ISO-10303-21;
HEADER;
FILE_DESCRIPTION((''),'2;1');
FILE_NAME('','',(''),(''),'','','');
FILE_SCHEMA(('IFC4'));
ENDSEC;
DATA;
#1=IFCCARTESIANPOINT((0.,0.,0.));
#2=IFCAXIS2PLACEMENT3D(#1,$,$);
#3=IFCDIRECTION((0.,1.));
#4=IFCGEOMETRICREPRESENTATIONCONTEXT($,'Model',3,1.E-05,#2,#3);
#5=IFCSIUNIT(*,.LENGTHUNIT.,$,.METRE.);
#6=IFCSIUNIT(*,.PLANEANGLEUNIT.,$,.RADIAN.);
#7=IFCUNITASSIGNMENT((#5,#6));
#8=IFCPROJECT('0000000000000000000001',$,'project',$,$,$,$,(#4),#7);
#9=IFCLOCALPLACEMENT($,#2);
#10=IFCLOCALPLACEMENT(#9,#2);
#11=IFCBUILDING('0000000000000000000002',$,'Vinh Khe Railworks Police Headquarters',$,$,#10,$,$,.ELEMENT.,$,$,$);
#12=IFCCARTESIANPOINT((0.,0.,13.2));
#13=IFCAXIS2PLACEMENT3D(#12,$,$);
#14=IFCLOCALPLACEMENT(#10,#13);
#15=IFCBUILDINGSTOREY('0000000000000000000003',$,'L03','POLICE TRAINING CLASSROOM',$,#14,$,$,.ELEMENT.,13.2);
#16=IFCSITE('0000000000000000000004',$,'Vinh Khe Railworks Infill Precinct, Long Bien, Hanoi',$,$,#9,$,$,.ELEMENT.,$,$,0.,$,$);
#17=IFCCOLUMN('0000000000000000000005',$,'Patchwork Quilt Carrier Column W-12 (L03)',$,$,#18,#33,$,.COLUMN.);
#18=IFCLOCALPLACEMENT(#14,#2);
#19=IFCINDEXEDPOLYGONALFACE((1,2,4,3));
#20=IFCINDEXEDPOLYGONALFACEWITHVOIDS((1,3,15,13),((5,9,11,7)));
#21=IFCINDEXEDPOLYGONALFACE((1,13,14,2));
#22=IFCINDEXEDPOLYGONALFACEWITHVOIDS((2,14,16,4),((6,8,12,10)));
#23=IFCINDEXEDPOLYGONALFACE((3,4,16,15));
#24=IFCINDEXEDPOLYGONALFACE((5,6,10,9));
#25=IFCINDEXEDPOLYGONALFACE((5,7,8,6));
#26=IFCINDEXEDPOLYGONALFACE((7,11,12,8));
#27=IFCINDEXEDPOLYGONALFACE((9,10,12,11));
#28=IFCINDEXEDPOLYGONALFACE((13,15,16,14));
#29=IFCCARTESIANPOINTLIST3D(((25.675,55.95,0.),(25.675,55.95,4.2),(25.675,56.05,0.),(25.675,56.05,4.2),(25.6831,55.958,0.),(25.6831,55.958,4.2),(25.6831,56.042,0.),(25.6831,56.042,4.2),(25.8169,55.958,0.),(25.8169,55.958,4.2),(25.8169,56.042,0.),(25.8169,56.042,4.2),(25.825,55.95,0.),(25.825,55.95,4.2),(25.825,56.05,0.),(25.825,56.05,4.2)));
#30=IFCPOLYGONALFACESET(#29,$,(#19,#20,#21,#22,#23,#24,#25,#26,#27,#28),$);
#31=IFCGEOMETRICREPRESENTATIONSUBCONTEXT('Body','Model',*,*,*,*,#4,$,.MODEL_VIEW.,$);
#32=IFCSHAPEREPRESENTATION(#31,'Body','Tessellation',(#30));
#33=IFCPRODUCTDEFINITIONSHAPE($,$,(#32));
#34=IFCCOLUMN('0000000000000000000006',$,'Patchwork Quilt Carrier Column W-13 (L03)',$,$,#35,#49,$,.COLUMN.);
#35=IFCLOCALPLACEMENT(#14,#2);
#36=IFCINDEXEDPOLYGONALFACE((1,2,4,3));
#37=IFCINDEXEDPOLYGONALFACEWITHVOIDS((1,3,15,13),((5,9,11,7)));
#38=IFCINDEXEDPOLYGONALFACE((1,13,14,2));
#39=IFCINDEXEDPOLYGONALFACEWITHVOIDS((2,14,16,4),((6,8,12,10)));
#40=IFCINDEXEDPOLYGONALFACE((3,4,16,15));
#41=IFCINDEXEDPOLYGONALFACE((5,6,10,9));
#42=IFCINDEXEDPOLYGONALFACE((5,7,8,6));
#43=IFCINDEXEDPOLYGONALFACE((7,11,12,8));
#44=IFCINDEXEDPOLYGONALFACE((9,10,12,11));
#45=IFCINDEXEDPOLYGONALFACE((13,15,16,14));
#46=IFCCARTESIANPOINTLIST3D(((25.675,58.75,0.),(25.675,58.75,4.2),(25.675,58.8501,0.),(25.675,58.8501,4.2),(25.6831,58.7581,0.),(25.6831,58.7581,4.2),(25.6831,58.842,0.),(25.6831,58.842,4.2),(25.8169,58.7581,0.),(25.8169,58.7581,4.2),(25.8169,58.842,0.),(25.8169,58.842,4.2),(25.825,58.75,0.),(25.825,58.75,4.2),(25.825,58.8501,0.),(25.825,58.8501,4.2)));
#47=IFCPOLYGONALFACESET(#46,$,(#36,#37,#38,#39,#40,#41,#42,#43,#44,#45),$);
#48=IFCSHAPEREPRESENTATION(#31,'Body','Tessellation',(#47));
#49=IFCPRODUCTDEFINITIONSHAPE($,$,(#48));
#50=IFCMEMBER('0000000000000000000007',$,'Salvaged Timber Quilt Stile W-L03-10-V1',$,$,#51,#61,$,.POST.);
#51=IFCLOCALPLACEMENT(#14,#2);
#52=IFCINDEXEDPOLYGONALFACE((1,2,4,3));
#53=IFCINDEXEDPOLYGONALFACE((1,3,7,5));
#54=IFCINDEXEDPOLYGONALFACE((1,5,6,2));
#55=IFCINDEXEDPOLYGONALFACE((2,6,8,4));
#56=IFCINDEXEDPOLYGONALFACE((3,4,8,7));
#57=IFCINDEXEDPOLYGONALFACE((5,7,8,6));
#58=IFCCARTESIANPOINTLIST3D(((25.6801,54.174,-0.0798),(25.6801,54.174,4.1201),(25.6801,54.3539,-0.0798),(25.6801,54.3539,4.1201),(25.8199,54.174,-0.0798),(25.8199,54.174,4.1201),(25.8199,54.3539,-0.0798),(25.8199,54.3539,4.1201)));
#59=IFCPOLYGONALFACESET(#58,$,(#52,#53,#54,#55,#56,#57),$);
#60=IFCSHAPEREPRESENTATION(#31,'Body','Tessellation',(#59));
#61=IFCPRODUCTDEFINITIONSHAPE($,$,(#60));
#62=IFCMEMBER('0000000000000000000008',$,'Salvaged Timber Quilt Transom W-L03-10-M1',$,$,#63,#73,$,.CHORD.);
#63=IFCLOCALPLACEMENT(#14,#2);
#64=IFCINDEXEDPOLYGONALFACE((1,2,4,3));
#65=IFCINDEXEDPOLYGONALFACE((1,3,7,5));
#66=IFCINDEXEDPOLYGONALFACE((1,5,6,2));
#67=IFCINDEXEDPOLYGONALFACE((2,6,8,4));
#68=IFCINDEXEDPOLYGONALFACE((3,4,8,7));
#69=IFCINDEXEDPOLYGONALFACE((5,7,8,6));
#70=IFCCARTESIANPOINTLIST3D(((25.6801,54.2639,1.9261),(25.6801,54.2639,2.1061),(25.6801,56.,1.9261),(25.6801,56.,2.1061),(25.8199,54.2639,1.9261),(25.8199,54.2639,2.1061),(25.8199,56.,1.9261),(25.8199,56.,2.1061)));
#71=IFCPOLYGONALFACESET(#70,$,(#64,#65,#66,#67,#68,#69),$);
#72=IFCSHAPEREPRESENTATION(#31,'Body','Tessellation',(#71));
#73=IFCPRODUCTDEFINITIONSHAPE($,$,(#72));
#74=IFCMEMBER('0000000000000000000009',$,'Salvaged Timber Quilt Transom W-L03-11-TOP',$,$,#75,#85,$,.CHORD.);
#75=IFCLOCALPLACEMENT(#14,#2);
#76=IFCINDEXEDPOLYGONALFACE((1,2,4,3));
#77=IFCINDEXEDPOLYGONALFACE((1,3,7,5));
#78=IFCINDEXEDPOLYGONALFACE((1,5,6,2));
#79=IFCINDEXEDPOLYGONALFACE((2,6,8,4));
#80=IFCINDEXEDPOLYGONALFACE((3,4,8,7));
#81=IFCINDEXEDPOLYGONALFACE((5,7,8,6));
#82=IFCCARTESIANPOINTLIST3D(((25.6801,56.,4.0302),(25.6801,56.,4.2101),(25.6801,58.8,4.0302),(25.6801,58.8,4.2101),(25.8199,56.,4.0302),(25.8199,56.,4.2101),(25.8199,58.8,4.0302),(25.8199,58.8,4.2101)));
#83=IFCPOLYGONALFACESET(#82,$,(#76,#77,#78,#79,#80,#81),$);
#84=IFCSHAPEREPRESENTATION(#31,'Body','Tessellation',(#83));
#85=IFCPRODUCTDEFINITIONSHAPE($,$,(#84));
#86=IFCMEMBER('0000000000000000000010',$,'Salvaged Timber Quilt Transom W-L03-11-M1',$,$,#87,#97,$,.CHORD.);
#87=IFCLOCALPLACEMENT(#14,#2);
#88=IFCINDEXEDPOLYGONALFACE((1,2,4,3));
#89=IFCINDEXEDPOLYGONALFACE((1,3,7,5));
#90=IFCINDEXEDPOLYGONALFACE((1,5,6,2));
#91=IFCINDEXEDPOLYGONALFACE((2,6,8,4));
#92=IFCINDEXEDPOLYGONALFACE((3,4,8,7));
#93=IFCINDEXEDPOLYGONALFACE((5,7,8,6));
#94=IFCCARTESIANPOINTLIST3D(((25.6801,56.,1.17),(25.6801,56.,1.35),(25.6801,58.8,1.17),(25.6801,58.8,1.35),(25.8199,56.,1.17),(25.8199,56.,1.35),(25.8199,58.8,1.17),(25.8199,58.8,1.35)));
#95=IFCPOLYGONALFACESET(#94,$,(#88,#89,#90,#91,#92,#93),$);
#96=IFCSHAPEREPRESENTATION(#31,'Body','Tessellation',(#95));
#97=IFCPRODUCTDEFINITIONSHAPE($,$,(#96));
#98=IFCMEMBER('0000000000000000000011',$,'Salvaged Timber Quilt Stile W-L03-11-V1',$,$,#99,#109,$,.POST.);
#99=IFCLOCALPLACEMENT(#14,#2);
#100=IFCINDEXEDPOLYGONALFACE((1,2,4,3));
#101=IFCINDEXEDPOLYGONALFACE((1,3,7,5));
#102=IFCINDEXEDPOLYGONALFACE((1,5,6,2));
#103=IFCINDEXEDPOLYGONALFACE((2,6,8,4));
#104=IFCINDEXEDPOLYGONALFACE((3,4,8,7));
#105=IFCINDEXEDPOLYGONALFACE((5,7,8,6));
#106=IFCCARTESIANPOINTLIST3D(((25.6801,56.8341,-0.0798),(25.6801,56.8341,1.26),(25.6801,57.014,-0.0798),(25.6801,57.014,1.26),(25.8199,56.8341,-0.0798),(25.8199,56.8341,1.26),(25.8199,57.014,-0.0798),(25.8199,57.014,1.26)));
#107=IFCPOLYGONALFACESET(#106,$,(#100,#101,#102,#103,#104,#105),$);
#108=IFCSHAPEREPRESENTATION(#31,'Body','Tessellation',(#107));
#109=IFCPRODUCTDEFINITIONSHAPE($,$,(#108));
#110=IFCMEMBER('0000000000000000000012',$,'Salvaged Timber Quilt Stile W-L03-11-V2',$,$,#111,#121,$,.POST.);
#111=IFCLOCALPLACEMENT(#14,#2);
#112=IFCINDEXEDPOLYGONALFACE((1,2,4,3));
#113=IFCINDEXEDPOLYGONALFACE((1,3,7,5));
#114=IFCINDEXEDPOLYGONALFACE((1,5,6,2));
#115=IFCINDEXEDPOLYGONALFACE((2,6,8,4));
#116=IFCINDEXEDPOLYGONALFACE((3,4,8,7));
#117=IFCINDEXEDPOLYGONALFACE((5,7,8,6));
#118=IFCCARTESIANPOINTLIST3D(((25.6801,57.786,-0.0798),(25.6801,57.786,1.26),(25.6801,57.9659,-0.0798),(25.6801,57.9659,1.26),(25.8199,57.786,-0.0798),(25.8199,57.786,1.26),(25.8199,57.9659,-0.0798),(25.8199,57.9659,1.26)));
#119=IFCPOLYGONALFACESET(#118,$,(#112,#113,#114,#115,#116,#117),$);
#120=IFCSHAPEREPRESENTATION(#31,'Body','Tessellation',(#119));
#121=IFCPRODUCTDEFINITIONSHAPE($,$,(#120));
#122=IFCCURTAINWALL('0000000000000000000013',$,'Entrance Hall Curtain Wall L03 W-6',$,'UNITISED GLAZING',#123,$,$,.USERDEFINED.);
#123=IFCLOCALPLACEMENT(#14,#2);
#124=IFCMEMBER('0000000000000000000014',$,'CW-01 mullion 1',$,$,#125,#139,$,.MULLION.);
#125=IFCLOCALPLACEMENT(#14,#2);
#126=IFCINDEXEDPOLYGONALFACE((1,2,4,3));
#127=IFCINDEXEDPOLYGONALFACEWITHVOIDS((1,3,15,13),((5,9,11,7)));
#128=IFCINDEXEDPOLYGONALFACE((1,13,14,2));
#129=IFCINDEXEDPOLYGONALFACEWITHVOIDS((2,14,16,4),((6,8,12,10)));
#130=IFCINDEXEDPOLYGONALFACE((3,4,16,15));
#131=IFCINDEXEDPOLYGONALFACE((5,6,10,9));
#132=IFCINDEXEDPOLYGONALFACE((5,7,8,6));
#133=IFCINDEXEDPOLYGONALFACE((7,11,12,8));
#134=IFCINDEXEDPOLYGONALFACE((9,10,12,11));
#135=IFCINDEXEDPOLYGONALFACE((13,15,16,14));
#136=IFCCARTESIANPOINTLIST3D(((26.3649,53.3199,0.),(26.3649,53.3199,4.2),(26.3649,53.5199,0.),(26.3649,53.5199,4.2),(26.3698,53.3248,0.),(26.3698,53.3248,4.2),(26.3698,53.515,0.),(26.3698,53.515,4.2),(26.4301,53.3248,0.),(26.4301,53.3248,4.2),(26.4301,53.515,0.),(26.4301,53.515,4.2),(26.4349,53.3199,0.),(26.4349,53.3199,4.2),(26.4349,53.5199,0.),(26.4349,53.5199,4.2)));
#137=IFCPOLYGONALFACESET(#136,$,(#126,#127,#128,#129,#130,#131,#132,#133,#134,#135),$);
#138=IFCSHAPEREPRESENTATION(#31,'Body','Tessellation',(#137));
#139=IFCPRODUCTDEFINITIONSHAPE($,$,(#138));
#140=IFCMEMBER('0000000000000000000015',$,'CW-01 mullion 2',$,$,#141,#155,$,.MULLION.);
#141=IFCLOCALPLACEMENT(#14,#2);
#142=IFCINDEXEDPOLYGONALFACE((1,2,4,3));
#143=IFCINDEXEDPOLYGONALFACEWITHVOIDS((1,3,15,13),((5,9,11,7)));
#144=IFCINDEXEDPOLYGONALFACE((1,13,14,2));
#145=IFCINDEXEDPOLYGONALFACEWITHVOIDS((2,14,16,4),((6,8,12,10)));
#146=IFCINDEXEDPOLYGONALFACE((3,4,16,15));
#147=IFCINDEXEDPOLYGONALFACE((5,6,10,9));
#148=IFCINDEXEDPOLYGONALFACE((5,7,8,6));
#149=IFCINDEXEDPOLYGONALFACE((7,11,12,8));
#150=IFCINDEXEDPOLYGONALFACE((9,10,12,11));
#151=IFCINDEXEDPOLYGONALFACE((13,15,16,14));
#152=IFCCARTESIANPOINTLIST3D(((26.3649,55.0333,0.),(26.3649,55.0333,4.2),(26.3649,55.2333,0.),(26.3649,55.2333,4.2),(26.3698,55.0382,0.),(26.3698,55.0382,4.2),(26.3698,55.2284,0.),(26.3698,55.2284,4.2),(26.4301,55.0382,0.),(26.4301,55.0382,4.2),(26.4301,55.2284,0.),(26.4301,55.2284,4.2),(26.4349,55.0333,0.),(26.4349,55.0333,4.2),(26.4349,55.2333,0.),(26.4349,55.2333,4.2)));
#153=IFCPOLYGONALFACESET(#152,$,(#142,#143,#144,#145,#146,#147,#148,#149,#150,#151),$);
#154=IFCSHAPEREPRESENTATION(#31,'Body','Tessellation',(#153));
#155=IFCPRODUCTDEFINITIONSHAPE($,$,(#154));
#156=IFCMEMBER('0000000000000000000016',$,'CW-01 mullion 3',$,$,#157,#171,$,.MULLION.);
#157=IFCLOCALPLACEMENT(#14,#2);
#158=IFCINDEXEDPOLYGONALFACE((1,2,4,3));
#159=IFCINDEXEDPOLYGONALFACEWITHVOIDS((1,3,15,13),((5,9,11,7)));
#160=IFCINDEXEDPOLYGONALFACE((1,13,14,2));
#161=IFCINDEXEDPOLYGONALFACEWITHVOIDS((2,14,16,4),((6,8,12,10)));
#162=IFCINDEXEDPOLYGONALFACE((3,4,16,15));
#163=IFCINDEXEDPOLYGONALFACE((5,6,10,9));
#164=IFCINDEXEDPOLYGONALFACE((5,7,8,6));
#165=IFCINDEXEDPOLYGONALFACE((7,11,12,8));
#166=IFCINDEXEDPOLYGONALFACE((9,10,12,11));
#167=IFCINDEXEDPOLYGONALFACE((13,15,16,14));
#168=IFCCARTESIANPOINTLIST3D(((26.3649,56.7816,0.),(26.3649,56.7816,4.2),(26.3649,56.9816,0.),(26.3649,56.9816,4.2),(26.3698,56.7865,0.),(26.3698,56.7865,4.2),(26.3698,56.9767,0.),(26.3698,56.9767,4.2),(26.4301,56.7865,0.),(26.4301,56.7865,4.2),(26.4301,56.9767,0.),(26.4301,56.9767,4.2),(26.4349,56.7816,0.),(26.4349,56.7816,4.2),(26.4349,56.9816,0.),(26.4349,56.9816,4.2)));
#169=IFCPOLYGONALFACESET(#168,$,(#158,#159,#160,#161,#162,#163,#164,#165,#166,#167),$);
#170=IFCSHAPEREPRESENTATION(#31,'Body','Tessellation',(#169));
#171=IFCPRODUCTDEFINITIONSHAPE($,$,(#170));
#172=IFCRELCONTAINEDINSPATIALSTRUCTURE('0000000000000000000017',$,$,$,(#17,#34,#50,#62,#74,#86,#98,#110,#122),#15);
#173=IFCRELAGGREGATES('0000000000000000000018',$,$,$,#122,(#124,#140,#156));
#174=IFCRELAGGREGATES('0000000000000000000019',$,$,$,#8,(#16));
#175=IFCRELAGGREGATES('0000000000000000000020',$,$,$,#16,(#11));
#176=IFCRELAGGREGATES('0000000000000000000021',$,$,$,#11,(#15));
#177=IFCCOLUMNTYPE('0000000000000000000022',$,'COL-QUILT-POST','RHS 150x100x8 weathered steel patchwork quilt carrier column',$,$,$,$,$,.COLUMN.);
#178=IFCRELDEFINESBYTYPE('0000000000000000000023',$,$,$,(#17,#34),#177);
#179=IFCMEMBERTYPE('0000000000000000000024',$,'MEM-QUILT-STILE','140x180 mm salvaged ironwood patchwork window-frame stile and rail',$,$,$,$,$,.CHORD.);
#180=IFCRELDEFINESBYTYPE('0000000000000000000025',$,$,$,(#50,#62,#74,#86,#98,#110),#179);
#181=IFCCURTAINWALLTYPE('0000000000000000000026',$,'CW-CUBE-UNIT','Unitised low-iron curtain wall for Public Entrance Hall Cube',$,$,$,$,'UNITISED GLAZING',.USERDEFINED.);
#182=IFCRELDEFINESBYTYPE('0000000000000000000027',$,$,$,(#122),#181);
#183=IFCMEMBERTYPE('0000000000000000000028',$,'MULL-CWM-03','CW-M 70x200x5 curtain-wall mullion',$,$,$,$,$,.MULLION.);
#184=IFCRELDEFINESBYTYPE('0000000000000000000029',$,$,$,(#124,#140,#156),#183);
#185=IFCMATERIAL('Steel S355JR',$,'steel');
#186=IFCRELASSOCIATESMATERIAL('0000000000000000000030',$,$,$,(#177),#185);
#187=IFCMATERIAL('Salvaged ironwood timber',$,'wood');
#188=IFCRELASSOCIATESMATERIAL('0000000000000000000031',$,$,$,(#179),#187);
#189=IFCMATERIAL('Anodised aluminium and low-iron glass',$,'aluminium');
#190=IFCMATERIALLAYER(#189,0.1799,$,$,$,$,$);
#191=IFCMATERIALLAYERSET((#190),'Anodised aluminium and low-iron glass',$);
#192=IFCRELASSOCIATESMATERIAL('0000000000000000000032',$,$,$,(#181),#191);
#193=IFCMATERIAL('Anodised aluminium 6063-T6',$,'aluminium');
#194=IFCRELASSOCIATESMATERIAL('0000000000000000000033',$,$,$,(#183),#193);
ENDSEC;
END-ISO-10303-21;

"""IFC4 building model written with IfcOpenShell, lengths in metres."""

from ifc_helpers import new_model, si_unit, direction, frame, origin, origin_2d, place, context, subcontext, project, spatial, rectangle, hollow_rectangle, extrude, material, layer, layer_set, material_profile, profile_set, type_object, element, aggregate, save


model = new_model("IFC4")

# Units and contexts
model_context = context("Model", 3, precision=1e-05, world=origin(), true_north=direction((0.0, 1.0)))
body_context = subcontext(model_context, "Body", "Model", "MODEL_VIEW")
ifc_project = project(units=[si_unit("LENGTHUNIT", "METRE"), si_unit("PLANEANGLEUNIT", "RADIAN")], contexts=[model_context])

# Site, building, storey
site_placement = place(None, origin())
site = spatial("IfcSite", under=ifc_project, at=site_placement, Name="Vinh Khe Railworks Infill Precinct, Long Bien, Hanoi", CompositionType="ELEMENT", RefElevation=0.0)
building_placement = place(site_placement, origin())
building = spatial("IfcBuilding", under=site, at=building_placement, Name="Vinh Khe Railworks Police Headquarters", CompositionType="ELEMENT")
storey_placement = place(building_placement, frame((0.0, 0.0, 13.2)))
storey = spatial("IfcBuildingStorey", under=building, at=storey_placement, Name="L03", Description="POLICE TRAINING CLASSROOM", CompositionType="ELEMENT", Elevation=13.2)

# Columns
ifc_material_1 = material(Name="Steel S355JR", Category="steel")
ifc_material_profile_1 = material_profile(ifc_material_1, hollow_rectangle(XDim=0.1499, YDim=0.1001, WallThickness=0.0081, at=origin_2d()), Name="RHS 150x100x8")
ifc_profile_set_1 = profile_set([ifc_material_profile_1], Name="Steel S355JR")
column_type = type_object("IfcColumnType", Name="COL-QUILT-POST", Description="RHS 150x100x8 weathered steel patchwork quilt carrier column", PredefinedType="COLUMN", material=ifc_profile_set_1)
for number, where, z_axis, x_axis, name in (
    (1, (25.75, 56.0, 0.0), (0.0, 0.0, 1.0), (1.0, 0.0, 0.0), "Patchwork Quilt Carrier Column W-12 (L03)"),
    (2, (25.75, 58.8, 0.0), (0.0, 0.0, 1.0), (1.0, 0.0, 0.0), "Patchwork Quilt Carrier Column W-13 (L03)"),
):
    element("IfcColumn", number, at=place(storey_placement, frame(where, z_axis=z_axis, x_axis=x_axis)), inside=storey, type_object=column_type, Name=name, PredefinedType="COLUMN", context=body_context, shape_type="SweptSolid", body=[
        extrude(hollow_rectangle(XDim=0.1499, YDim=0.1001, WallThickness=0.0081, at=origin_2d()), origin(), (0.0, 0.0, 1.0), 4.2),
    ])

# Members
ifc_material_2 = material(Name="Salvaged ironwood timber", Category="wood")
ifc_material_profile_2 = material_profile(ifc_material_2, rectangle(XDim=0.1399, YDim=0.1799, at=origin_2d()), Name="TIMBER 140x180")
ifc_profile_set_2 = profile_set([ifc_material_profile_2], Name="Salvaged ironwood timber")
member_type_1 = type_object("IfcMemberType", Name="MEM-QUILT-STILE", Description="140x180 mm salvaged ironwood patchwork window-frame stile and rail", PredefinedType="CHORD", material=ifc_profile_set_2)
member_1_placement = place(storey_placement, frame((25.75, 54.2639, -0.0798), z_axis=(0.0, 0.0, 1.0), x_axis=(1.0, 0.0, 0.0)))
element("IfcMember", 3, at=member_1_placement, inside=storey, type_object=member_type_1, Name="Salvaged Timber Quilt Stile W-L03-10-V1", PredefinedType="POST", context=body_context, shape_type="SweptSolid", body=[
    extrude(rectangle(XDim=0.1399, YDim=0.1799, at=origin_2d()), origin(), (0.0, 0.0, 1.0), 4.2),
])
member_2_placement = place(storey_placement, frame((25.75, 54.2639, 2.0161), z_axis=(0.0, 1.0, 0.0), x_axis=(-1.0, 0.0, 0.0)))
element("IfcMember", 4, at=member_2_placement, inside=storey, type_object=member_type_1, Name="Salvaged Timber Quilt Transom W-L03-10-M1", PredefinedType="CHORD", context=body_context, shape_type="SweptSolid", body=[
    extrude(rectangle(XDim=0.1399, YDim=0.1799, at=origin_2d()), origin(), (0.0, 0.0, 1.0), 1.7361),
])
for number, where, z_axis, x_axis, name in (
    (5, (25.75, 56.0, 4.1201), (0.0, 1.0, 0.0), (-1.0, 0.0, 0.0), "Salvaged Timber Quilt Transom W-L03-11-TOP"),
    (6, (25.75, 56.0, 1.26), (0.0, 1.0, 0.0), (-1.0, 0.0, 0.0), "Salvaged Timber Quilt Transom W-L03-11-M1"),
):
    element("IfcMember", number, at=place(storey_placement, frame(where, z_axis=z_axis, x_axis=x_axis)), inside=storey, type_object=member_type_1, Name=name, PredefinedType="CHORD", context=body_context, shape_type="SweptSolid", body=[
        extrude(rectangle(XDim=0.1399, YDim=0.1799, at=origin_2d()), origin(), (0.0, 0.0, 1.0), 2.8),
    ])
for number, where, z_axis, x_axis, name in (
    (7, (25.75, 56.9241, -0.0798), (0.0, 0.0, 1.0), (1.0, 0.0, 0.0), "Salvaged Timber Quilt Stile W-L03-11-V1"),
    (8, (25.75, 57.876, -0.0798), (0.0, 0.0, 1.0), (1.0, 0.0, 0.0), "Salvaged Timber Quilt Stile W-L03-11-V2"),
):
    element("IfcMember", number, at=place(storey_placement, frame(where, z_axis=z_axis, x_axis=x_axis)), inside=storey, type_object=member_type_1, Name=name, PredefinedType="POST", context=body_context, shape_type="SweptSolid", body=[
        extrude(rectangle(XDim=0.1399, YDim=0.1799, at=origin_2d()), origin(), (0.0, 0.0, 1.0), 1.3398),
    ])

# Curtain wall, members
ifc_material_3 = material(Name="Anodised aluminium and low-iron glass", Category="aluminium")
ifc_layer_1 = layer(ifc_material_3, 0.1799)
ifc_layer_set_1 = layer_set([ifc_layer_1], Name="Anodised aluminium and low-iron glass")
curtain_wall_type = type_object("IfcCurtainWallType", Name="CW-CUBE-UNIT", Description="Unitised low-iron curtain wall for Public Entrance Hall Cube", ElementType="UNITISED GLAZING", PredefinedType="USERDEFINED", material=ifc_layer_set_1)
curtain_wall_placement = place(storey_placement, origin())
curtain_wall = element("IfcCurtainWall", 9, at=curtain_wall_placement, inside=storey, type_object=curtain_wall_type, Name="Entrance Hall Curtain Wall L03 W-6", ObjectType="UNITISED GLAZING", PredefinedType="USERDEFINED")
ifc_material_4 = material(Name="Anodised aluminium 6063-T6", Category="aluminium")
ifc_material_profile_3 = material_profile(ifc_material_4, hollow_rectangle(XDim=0.0701, YDim=0.2, WallThickness=0.0049, at=origin_2d()), Name="CW-M 70x200x5")
ifc_profile_set_3 = profile_set([ifc_material_profile_3], Name="Anodised aluminium 6063-T6")
member_type_2 = type_object("IfcMemberType", Name="MULL-CWM-03", Description="CW-M 70x200x5 curtain-wall mullion", PredefinedType="MULLION", material=ifc_profile_set_3)
member_3_placement = place(storey_placement, frame((26.3999, 53.4199, 0.0), z_axis=(0.0, 0.0, 1.0), x_axis=(-1.0, 0.0, 0.0)))
member_3 = element("IfcMember", 10, at=member_3_placement, type_object=member_type_2, Name="CW-01 mullion 1", PredefinedType="MULLION", context=body_context, shape_type="SweptSolid", body=[
    extrude(hollow_rectangle(XDim=0.0701, YDim=0.2, WallThickness=0.0049, at=origin_2d()), origin(), (0.0, 0.0, 1.0), 4.2),
])
member_4_placement = place(storey_placement, frame((26.3999, 55.1333, 0.0), z_axis=(0.0, 0.0, 1.0), x_axis=(-1.0, 0.0, 0.0)))
member_4 = element("IfcMember", 11, at=member_4_placement, type_object=member_type_2, Name="CW-01 mullion 2", PredefinedType="MULLION", context=body_context, shape_type="SweptSolid", body=[
    extrude(hollow_rectangle(XDim=0.0701, YDim=0.2, WallThickness=0.0049, at=origin_2d()), origin(), (0.0, 0.0, 1.0), 4.2),
])
member_5_placement = place(storey_placement, frame((26.3999, 56.8816, 0.0), z_axis=(0.0, 0.0, 1.0), x_axis=(-1.0, 0.0, 0.0)))
member_5 = element("IfcMember", 12, at=member_5_placement, type_object=member_type_2, Name="CW-01 mullion 3", PredefinedType="MULLION", context=body_context, shape_type="SweptSolid", body=[
    extrude(hollow_rectangle(XDim=0.0701, YDim=0.2, WallThickness=0.0049, at=origin_2d()), origin(), (0.0, 0.0, 1.0), 4.2),
])

aggregate(curtain_wall, [member_3, member_4, member_5])

save(model, "model.ifc")
